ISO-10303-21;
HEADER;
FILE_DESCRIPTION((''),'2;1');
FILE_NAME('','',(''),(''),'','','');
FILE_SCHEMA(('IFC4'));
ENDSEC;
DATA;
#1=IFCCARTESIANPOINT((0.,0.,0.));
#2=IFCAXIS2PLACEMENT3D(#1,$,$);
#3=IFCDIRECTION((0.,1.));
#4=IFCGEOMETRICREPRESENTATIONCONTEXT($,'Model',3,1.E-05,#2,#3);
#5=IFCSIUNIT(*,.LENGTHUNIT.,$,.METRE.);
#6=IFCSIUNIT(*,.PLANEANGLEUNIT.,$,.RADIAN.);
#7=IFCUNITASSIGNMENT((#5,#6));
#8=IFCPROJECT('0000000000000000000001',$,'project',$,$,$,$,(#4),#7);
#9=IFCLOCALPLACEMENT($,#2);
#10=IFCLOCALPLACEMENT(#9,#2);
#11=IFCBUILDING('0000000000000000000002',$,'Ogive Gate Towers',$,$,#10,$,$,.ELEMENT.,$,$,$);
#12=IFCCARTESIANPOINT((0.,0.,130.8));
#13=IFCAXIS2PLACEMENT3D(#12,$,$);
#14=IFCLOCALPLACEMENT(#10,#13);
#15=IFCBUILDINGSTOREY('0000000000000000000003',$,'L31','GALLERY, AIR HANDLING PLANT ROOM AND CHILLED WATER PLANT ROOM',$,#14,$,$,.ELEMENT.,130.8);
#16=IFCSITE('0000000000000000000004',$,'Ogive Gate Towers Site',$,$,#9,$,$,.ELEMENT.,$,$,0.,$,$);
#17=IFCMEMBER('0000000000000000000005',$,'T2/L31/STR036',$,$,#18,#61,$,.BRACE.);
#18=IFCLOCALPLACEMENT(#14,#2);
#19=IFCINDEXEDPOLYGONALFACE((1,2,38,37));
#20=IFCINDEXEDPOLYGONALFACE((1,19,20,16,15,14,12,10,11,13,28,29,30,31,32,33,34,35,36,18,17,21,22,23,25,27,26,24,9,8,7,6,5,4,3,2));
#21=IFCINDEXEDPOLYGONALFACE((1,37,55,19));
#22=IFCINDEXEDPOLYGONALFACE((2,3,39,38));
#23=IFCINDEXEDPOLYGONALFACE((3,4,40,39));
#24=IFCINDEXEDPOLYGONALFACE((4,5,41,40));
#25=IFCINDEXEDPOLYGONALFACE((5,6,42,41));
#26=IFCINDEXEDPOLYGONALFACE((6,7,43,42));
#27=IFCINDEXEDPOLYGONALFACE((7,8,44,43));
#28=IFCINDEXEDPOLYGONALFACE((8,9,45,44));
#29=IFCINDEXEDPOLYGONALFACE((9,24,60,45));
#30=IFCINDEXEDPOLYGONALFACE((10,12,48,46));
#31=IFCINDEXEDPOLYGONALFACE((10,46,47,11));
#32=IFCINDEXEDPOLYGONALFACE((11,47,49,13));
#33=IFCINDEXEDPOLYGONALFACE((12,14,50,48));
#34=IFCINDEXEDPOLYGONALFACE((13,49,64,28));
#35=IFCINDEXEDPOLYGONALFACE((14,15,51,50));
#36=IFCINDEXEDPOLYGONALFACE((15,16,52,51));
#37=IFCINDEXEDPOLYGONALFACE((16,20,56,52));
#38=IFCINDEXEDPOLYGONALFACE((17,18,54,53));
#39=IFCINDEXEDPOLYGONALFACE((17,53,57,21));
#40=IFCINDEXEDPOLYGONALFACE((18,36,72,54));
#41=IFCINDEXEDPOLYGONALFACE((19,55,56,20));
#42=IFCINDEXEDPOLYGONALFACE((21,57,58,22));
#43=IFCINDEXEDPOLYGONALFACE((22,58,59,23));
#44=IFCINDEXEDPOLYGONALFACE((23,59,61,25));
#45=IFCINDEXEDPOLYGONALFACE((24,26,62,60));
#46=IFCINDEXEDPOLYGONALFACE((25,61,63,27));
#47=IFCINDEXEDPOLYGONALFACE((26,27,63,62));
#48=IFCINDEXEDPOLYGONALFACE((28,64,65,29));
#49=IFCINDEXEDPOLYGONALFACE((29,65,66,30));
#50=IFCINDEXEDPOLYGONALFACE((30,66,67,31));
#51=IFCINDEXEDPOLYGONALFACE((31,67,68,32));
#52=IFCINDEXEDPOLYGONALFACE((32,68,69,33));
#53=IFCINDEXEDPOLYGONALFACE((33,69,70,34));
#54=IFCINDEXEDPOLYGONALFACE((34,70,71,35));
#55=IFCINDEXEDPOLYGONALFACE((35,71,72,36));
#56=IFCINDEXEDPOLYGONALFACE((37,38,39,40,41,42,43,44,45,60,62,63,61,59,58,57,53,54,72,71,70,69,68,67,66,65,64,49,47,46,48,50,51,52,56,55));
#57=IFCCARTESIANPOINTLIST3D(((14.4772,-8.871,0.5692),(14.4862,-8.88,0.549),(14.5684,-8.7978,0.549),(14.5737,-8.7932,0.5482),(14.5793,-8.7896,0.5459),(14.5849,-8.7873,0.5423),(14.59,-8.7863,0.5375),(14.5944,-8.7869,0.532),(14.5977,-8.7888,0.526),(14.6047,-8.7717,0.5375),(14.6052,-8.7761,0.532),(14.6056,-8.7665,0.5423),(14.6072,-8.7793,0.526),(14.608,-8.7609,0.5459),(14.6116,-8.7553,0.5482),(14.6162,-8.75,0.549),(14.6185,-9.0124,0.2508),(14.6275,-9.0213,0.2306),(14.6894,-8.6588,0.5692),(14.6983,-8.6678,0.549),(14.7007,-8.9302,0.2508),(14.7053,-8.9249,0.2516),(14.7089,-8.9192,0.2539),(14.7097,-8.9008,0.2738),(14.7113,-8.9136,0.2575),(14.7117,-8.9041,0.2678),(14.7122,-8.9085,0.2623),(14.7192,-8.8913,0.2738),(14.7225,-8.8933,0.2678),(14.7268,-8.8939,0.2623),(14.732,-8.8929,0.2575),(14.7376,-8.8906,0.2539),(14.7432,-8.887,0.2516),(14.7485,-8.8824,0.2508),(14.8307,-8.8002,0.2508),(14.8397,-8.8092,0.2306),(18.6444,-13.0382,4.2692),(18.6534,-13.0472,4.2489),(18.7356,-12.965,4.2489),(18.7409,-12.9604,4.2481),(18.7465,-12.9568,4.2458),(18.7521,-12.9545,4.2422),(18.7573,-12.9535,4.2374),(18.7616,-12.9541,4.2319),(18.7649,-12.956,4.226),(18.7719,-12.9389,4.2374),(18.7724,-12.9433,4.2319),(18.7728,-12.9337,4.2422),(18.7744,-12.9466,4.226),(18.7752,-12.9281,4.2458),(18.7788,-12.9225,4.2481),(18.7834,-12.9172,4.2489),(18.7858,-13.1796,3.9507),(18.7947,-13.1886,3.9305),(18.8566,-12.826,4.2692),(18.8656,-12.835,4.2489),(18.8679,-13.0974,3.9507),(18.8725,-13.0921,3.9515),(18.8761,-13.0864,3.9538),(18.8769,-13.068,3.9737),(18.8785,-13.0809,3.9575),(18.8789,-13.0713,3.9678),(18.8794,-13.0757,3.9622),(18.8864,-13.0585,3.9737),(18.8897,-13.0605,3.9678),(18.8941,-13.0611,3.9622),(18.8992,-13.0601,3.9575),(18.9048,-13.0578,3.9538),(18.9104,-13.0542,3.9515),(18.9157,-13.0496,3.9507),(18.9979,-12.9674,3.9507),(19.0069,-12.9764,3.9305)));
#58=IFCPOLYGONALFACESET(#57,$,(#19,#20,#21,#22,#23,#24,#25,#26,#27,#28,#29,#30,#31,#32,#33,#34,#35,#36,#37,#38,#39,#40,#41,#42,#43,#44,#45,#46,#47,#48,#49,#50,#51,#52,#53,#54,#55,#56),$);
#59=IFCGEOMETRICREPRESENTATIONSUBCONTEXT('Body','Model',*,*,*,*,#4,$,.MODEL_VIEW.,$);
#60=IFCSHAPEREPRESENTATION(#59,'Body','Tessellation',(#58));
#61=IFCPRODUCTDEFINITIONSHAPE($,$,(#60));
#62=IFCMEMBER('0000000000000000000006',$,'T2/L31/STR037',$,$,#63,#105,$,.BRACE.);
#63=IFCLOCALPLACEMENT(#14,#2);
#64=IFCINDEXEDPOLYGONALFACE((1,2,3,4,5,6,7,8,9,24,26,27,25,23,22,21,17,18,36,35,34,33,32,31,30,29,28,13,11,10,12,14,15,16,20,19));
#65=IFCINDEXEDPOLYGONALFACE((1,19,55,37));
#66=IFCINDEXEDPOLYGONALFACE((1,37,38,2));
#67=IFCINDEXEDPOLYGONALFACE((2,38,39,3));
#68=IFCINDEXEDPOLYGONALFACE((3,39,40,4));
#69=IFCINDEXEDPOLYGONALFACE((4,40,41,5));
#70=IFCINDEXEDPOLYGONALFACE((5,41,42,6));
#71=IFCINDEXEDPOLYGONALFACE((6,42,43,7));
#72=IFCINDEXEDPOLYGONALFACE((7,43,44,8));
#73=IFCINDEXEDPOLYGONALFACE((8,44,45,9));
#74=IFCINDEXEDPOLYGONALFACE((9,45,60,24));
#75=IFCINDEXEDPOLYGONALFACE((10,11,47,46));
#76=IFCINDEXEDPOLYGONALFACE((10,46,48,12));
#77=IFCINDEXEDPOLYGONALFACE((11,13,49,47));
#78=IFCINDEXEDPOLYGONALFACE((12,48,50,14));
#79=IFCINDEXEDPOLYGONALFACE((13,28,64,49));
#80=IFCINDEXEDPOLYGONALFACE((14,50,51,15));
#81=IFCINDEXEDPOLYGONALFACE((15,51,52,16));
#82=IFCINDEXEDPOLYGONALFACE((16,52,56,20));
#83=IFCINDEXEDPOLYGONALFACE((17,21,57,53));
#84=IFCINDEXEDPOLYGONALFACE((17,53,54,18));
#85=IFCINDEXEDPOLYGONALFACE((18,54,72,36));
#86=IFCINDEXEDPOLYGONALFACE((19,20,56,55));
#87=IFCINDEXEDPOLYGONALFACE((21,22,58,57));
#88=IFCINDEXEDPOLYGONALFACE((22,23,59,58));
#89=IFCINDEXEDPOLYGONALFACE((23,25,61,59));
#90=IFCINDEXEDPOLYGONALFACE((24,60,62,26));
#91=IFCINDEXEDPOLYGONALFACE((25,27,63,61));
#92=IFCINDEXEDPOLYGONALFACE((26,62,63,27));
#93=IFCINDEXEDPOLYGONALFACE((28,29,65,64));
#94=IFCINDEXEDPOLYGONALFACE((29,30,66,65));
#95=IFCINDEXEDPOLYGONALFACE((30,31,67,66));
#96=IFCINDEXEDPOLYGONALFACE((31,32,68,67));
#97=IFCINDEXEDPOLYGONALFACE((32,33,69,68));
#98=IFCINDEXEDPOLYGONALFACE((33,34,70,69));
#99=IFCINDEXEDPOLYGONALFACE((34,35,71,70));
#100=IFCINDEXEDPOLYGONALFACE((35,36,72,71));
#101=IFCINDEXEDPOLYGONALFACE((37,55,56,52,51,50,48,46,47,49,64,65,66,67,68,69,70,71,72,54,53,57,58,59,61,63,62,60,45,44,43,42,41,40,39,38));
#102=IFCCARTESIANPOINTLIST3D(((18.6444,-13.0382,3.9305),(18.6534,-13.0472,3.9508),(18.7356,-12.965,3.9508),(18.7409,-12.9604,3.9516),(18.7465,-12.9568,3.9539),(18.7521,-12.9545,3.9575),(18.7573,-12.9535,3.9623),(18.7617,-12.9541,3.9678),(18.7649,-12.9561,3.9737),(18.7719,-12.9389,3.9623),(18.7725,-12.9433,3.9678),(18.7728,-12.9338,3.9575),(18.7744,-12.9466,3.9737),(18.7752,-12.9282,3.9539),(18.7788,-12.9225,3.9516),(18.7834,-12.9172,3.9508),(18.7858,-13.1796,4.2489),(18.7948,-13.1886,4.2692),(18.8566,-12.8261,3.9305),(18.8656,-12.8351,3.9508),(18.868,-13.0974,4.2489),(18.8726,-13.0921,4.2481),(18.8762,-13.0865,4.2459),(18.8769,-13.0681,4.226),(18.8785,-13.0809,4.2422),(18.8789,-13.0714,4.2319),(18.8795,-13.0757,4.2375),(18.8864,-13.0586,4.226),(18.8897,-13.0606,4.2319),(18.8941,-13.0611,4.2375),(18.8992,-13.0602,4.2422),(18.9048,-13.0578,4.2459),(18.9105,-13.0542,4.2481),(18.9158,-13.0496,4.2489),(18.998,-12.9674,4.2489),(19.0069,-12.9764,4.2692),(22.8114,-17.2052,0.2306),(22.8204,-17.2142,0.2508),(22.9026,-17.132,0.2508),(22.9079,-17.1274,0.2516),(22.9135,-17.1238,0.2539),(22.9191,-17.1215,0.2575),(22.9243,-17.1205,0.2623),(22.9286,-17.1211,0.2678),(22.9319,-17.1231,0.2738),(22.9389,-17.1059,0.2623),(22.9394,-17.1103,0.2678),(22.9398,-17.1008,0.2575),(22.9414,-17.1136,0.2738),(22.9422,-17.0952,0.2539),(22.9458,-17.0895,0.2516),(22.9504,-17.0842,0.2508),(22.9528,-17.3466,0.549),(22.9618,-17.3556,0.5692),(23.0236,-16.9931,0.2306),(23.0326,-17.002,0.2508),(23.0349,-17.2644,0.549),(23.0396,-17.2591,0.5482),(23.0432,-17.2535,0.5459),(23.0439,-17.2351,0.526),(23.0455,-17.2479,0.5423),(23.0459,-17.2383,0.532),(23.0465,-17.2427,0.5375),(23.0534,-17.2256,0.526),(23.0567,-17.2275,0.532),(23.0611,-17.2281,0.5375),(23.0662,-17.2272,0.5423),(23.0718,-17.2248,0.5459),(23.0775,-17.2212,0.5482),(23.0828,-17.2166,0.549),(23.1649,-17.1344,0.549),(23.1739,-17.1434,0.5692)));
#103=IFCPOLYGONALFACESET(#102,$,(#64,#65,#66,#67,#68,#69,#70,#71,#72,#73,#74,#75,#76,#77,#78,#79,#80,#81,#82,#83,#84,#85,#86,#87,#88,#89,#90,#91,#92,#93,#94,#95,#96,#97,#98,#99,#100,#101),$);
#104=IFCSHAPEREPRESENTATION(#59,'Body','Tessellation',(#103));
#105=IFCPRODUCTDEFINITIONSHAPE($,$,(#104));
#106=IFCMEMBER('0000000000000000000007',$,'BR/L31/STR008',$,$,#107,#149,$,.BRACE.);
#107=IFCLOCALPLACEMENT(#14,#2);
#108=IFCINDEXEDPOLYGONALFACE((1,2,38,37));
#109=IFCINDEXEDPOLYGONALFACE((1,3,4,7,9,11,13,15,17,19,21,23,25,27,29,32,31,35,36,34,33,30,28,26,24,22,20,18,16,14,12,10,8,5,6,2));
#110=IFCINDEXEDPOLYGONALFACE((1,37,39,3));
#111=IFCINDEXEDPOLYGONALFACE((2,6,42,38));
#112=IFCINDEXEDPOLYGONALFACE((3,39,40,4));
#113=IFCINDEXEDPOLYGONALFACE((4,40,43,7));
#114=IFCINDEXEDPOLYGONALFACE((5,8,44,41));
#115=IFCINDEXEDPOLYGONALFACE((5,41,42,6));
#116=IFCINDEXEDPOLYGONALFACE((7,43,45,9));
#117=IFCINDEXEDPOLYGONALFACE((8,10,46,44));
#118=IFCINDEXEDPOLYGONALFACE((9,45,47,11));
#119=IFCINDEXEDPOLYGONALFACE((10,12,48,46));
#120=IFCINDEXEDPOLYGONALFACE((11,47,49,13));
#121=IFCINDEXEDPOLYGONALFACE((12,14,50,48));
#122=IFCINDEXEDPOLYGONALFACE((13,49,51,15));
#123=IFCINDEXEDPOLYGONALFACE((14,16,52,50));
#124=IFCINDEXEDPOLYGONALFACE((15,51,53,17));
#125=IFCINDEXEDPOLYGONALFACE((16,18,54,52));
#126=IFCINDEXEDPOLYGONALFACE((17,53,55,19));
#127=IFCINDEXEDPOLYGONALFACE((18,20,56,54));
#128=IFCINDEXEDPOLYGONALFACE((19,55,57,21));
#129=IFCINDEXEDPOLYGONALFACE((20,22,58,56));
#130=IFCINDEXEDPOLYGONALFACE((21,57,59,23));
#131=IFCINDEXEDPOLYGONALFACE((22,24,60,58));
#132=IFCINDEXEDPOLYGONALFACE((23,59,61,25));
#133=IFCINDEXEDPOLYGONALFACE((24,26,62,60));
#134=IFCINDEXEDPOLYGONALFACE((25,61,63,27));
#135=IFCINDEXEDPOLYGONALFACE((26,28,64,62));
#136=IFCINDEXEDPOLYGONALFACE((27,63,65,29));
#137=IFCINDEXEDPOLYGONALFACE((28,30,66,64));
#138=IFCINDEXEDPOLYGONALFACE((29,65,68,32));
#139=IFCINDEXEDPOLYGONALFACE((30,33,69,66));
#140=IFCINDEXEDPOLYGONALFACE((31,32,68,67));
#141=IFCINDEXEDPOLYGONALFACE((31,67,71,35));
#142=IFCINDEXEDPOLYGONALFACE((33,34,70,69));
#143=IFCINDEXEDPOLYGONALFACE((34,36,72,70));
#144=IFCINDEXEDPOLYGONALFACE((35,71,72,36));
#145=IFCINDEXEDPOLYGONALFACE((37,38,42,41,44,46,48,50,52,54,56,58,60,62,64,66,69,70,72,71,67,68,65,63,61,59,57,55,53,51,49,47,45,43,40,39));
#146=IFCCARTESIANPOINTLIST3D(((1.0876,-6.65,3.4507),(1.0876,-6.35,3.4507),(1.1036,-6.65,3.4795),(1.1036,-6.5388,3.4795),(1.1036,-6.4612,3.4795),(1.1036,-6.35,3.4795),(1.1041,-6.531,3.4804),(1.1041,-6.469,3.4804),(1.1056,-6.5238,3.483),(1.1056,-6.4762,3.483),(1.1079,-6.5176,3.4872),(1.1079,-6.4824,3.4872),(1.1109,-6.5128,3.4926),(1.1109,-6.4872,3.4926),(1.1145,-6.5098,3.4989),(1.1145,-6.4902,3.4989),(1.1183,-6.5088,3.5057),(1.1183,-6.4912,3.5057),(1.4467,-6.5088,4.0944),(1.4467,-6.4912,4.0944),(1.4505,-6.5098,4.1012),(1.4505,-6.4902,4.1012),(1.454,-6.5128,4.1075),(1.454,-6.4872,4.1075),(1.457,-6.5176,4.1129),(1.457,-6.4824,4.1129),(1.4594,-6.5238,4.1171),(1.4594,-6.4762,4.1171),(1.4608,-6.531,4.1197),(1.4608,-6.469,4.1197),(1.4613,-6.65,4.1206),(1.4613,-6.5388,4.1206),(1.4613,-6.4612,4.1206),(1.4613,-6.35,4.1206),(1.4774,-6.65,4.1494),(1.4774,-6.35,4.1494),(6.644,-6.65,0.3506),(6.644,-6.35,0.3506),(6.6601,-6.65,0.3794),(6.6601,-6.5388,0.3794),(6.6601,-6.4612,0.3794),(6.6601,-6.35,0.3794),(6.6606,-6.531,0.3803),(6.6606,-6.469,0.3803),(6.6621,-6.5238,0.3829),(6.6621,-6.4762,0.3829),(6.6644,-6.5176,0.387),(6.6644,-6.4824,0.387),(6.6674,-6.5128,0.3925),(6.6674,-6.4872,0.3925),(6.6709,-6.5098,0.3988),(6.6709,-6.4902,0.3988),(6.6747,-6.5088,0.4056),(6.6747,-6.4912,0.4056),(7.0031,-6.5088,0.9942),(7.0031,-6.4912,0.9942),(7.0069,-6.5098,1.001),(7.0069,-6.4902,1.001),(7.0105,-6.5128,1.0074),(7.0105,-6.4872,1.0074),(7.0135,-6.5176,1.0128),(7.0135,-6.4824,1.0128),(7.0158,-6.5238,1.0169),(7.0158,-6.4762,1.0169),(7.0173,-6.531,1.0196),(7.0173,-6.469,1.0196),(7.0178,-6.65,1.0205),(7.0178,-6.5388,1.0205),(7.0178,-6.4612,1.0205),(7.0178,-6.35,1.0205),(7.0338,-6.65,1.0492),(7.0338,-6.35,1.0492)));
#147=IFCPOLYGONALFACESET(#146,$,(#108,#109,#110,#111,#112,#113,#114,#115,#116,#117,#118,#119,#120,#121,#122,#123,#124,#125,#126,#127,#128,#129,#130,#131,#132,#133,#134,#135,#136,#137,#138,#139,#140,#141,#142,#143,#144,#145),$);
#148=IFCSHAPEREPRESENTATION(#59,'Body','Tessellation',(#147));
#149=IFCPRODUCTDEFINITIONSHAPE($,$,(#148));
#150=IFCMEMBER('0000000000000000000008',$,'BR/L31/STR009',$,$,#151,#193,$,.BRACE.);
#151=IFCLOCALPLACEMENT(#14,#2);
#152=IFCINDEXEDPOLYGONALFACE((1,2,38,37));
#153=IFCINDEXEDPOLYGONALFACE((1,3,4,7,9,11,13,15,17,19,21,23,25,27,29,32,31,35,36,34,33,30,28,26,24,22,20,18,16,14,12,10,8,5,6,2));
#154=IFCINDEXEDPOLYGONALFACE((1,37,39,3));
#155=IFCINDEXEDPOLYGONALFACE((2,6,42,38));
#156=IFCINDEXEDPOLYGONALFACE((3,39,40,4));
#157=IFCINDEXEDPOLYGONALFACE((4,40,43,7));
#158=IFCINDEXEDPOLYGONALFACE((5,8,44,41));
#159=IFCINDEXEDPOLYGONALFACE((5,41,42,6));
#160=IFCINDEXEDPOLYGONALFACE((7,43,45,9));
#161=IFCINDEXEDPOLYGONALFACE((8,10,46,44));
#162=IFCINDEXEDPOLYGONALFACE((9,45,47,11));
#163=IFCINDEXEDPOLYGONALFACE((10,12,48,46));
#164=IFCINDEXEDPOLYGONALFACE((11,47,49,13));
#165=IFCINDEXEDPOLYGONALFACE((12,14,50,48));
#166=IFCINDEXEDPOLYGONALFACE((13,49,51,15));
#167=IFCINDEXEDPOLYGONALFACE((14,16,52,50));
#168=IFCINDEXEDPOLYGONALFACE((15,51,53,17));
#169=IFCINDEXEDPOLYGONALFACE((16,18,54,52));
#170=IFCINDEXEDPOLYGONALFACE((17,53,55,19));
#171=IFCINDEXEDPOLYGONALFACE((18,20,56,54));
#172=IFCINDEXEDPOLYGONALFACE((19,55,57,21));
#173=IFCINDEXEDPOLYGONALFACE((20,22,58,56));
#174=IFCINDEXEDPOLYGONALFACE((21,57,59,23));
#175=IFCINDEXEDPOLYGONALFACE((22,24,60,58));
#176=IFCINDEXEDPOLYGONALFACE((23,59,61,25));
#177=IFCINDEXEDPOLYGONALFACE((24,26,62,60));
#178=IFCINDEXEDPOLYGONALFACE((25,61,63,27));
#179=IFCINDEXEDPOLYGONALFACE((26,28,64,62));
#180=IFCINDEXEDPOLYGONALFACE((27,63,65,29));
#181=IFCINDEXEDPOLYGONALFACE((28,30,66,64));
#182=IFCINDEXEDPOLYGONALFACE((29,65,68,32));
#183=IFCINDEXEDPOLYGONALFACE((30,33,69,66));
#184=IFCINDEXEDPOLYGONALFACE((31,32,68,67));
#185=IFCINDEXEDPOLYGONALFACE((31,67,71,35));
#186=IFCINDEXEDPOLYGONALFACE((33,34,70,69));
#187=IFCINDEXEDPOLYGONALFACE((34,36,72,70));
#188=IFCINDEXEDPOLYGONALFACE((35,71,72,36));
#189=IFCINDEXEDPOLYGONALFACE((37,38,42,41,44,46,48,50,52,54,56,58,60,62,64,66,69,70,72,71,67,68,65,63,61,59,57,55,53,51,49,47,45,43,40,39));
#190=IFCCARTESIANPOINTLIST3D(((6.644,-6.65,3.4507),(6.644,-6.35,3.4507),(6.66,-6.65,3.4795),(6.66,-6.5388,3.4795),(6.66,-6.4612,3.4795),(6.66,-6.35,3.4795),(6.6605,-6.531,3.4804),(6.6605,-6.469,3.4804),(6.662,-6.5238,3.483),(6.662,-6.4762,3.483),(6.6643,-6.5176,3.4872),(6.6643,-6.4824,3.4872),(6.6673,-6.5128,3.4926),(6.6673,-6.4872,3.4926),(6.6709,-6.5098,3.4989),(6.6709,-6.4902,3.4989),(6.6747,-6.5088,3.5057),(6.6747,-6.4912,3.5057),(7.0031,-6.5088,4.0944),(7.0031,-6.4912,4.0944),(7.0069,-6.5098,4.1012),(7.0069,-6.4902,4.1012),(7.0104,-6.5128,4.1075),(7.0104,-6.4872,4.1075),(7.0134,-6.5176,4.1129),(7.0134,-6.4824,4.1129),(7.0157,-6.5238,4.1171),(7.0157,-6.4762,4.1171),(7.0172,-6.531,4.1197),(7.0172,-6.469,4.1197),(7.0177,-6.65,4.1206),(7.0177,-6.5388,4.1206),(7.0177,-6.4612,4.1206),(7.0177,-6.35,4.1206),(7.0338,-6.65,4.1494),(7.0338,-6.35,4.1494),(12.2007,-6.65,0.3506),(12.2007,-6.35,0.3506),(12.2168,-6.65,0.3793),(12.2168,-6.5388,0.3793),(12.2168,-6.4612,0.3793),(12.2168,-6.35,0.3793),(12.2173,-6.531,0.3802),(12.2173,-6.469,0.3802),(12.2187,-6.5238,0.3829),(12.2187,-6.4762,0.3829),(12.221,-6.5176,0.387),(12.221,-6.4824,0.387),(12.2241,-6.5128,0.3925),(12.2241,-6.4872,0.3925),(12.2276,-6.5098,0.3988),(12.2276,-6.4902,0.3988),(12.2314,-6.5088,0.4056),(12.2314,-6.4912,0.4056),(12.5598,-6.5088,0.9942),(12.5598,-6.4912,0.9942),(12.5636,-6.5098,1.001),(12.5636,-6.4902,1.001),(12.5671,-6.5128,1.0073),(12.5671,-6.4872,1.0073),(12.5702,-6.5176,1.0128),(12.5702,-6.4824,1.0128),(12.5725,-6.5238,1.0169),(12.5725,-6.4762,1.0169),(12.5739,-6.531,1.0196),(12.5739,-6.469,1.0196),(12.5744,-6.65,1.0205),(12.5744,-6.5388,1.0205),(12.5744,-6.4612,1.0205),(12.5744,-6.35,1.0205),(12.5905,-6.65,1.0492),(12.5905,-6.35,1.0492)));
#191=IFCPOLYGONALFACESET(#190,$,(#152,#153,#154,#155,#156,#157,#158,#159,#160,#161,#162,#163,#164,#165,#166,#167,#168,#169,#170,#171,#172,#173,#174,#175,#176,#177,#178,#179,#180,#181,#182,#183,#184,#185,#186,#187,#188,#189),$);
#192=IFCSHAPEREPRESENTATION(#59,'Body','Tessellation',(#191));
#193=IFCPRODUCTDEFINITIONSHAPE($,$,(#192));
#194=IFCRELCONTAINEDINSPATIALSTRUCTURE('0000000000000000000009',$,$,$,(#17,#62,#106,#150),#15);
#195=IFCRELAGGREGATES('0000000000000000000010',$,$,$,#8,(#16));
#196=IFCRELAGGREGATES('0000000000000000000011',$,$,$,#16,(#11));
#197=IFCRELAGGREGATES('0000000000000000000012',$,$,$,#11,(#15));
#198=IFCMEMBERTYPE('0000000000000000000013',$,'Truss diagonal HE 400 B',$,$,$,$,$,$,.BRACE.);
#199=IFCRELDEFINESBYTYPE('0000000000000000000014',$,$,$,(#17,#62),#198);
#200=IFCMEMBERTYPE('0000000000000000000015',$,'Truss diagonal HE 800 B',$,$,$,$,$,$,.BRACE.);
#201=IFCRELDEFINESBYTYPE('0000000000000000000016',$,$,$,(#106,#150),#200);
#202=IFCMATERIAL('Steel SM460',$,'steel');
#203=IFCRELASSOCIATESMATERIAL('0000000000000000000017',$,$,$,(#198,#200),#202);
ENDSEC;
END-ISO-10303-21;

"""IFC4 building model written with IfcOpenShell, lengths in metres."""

from ifc_helpers import new_model, si_unit, direction, frame, origin, origin_2d, place, context, subcontext, project, spatial, i_section, extrude, material, material_profile, profile_set, type_object, element, save


model = new_model("IFC4")

# Units and contexts
model_context = context("Model", 3, precision=1e-05, world=origin(), true_north=direction((0.0, 1.0)))
body_context = subcontext(model_context, "Body", "Model", "MODEL_VIEW")
ifc_project = project(units=[si_unit("LENGTHUNIT", "METRE"), si_unit("PLANEANGLEUNIT", "RADIAN")], contexts=[model_context])

# Site, building, storey
site_placement = place(None, origin())
site = spatial("IfcSite", under=ifc_project, at=site_placement, Name="Ogive Gate Towers Site", CompositionType="ELEMENT", RefElevation=0.0)
building_placement = place(site_placement, origin())
building = spatial("IfcBuilding", under=site, at=building_placement, Name="Ogive Gate Towers", CompositionType="ELEMENT")
storey_placement = place(building_placement, frame((0.0, 0.0, 130.8)))
storey = spatial("IfcBuildingStorey", under=building, at=storey_placement, Name="L31", Description="GALLERY, AIR HANDLING PLANT ROOM AND CHILLED WATER PLANT ROOM", CompositionType="ELEMENT", Elevation=130.8)

# Shared definitions
ifc_material_1 = material(Name="Steel SM460", Category="steel")

# Members
ifc_material_profile_1 = material_profile(ifc_material_1, i_section(OverallWidth=0.3, OverallDepth=0.3999, WebThickness=0.0134, FlangeThickness=0.0239, FilletRadius=0.0271, at=origin_2d()), Name="HE 400 B")
ifc_profile_set_1 = profile_set([ifc_material_profile_1], Name="Steel SM460")
member_type_1 = type_object("IfcMemberType", Name="Truss diagonal HE 400 B", PredefinedType="BRACE", material=ifc_profile_set_1)
for number, where, z_axis, x_axis, name in (
    (1, (14.6584, -8.8401, 0.3999), (0.598866, -0.598866, 0.531713), (0.707107, 0.707107, 0.0), "T2/L31/STR036"),
):
    element("IfcMember", number, at=place(storey_placement, frame(where, z_axis=z_axis, x_axis=x_axis)), inside=storey, type_object=member_type_1, Name=name, PredefinedType="BRACE", context=body_context, shape_type="SweptSolid", body=[
        extrude(i_section(OverallWidth=0.3, OverallDepth=0.3999, WebThickness=0.0134, FlangeThickness=0.0239, FilletRadius=0.0271, at=origin_2d()), origin(), (0.0, 0.0, 1.0), 6.9585),
    ])
member_1_placement = place(storey_placement, frame((18.8257, -13.0073, 4.0999), z_axis=(0.598856, -0.598856, -0.531736), x_axis=(0.707107, 0.707107, 0.0)))
element("IfcMember", 2, at=member_1_placement, inside=storey, type_object=member_type_1, Name="T2/L31/STR037", PredefinedType="BRACE", context=body_context, shape_type="SweptSolid", body=[
    extrude(i_section(OverallWidth=0.3, OverallDepth=0.3999, WebThickness=0.0134, FlangeThickness=0.0239, FilletRadius=0.0271, at=origin_2d()), origin(), (0.0, 0.0, 1.0), 6.9583),
])
ifc_material_profile_2 = material_profile(ifc_material_1, i_section(OverallWidth=0.3, OverallDepth=0.8, WebThickness=0.0176, FlangeThickness=0.033, FilletRadius=0.03, at=origin_2d()), Name="HE 800 B")
ifc_profile_set_2 = profile_set([ifc_material_profile_2], Name="Steel SM460")
member_type_2 = type_object("IfcMemberType", Name="Truss diagonal HE 800 B", PredefinedType="BRACE", material=ifc_profile_set_2)
member_2_placement = place(storey_placement, frame((1.2825, -6.5, 3.8), z_axis=(0.873274, 0.0, -0.487229), x_axis=(0.0, 1.0, 0.0)))
element("IfcMember", 3, at=member_2_placement, inside=storey, type_object=member_type_2, Name="BR/L31/STR008", PredefinedType="BRACE", context=body_context, shape_type="SweptSolid", body=[
    extrude(i_section(OverallWidth=0.3, OverallDepth=0.8, WebThickness=0.0176, FlangeThickness=0.033, FilletRadius=0.03, at=origin_2d()), origin(), (0.0, 0.0, 1.0), 6.3628),
])
member_3_placement = place(storey_placement, frame((6.8389, -6.5, 3.8), z_axis=(0.873284, 0.0, -0.487212), x_axis=(0.0, 1.0, 0.0)))
element("IfcMember", 4, at=member_3_placement, inside=storey, type_object=member_type_2, Name="BR/L31/STR009", PredefinedType="BRACE", context=body_context, shape_type="SweptSolid", body=[
    extrude(i_section(OverallWidth=0.3, OverallDepth=0.8, WebThickness=0.0176, FlangeThickness=0.033, FilletRadius=0.03, at=origin_2d()), origin(), (0.0, 0.0, 1.0), 6.363),
])

save(model, "model.ifc")
